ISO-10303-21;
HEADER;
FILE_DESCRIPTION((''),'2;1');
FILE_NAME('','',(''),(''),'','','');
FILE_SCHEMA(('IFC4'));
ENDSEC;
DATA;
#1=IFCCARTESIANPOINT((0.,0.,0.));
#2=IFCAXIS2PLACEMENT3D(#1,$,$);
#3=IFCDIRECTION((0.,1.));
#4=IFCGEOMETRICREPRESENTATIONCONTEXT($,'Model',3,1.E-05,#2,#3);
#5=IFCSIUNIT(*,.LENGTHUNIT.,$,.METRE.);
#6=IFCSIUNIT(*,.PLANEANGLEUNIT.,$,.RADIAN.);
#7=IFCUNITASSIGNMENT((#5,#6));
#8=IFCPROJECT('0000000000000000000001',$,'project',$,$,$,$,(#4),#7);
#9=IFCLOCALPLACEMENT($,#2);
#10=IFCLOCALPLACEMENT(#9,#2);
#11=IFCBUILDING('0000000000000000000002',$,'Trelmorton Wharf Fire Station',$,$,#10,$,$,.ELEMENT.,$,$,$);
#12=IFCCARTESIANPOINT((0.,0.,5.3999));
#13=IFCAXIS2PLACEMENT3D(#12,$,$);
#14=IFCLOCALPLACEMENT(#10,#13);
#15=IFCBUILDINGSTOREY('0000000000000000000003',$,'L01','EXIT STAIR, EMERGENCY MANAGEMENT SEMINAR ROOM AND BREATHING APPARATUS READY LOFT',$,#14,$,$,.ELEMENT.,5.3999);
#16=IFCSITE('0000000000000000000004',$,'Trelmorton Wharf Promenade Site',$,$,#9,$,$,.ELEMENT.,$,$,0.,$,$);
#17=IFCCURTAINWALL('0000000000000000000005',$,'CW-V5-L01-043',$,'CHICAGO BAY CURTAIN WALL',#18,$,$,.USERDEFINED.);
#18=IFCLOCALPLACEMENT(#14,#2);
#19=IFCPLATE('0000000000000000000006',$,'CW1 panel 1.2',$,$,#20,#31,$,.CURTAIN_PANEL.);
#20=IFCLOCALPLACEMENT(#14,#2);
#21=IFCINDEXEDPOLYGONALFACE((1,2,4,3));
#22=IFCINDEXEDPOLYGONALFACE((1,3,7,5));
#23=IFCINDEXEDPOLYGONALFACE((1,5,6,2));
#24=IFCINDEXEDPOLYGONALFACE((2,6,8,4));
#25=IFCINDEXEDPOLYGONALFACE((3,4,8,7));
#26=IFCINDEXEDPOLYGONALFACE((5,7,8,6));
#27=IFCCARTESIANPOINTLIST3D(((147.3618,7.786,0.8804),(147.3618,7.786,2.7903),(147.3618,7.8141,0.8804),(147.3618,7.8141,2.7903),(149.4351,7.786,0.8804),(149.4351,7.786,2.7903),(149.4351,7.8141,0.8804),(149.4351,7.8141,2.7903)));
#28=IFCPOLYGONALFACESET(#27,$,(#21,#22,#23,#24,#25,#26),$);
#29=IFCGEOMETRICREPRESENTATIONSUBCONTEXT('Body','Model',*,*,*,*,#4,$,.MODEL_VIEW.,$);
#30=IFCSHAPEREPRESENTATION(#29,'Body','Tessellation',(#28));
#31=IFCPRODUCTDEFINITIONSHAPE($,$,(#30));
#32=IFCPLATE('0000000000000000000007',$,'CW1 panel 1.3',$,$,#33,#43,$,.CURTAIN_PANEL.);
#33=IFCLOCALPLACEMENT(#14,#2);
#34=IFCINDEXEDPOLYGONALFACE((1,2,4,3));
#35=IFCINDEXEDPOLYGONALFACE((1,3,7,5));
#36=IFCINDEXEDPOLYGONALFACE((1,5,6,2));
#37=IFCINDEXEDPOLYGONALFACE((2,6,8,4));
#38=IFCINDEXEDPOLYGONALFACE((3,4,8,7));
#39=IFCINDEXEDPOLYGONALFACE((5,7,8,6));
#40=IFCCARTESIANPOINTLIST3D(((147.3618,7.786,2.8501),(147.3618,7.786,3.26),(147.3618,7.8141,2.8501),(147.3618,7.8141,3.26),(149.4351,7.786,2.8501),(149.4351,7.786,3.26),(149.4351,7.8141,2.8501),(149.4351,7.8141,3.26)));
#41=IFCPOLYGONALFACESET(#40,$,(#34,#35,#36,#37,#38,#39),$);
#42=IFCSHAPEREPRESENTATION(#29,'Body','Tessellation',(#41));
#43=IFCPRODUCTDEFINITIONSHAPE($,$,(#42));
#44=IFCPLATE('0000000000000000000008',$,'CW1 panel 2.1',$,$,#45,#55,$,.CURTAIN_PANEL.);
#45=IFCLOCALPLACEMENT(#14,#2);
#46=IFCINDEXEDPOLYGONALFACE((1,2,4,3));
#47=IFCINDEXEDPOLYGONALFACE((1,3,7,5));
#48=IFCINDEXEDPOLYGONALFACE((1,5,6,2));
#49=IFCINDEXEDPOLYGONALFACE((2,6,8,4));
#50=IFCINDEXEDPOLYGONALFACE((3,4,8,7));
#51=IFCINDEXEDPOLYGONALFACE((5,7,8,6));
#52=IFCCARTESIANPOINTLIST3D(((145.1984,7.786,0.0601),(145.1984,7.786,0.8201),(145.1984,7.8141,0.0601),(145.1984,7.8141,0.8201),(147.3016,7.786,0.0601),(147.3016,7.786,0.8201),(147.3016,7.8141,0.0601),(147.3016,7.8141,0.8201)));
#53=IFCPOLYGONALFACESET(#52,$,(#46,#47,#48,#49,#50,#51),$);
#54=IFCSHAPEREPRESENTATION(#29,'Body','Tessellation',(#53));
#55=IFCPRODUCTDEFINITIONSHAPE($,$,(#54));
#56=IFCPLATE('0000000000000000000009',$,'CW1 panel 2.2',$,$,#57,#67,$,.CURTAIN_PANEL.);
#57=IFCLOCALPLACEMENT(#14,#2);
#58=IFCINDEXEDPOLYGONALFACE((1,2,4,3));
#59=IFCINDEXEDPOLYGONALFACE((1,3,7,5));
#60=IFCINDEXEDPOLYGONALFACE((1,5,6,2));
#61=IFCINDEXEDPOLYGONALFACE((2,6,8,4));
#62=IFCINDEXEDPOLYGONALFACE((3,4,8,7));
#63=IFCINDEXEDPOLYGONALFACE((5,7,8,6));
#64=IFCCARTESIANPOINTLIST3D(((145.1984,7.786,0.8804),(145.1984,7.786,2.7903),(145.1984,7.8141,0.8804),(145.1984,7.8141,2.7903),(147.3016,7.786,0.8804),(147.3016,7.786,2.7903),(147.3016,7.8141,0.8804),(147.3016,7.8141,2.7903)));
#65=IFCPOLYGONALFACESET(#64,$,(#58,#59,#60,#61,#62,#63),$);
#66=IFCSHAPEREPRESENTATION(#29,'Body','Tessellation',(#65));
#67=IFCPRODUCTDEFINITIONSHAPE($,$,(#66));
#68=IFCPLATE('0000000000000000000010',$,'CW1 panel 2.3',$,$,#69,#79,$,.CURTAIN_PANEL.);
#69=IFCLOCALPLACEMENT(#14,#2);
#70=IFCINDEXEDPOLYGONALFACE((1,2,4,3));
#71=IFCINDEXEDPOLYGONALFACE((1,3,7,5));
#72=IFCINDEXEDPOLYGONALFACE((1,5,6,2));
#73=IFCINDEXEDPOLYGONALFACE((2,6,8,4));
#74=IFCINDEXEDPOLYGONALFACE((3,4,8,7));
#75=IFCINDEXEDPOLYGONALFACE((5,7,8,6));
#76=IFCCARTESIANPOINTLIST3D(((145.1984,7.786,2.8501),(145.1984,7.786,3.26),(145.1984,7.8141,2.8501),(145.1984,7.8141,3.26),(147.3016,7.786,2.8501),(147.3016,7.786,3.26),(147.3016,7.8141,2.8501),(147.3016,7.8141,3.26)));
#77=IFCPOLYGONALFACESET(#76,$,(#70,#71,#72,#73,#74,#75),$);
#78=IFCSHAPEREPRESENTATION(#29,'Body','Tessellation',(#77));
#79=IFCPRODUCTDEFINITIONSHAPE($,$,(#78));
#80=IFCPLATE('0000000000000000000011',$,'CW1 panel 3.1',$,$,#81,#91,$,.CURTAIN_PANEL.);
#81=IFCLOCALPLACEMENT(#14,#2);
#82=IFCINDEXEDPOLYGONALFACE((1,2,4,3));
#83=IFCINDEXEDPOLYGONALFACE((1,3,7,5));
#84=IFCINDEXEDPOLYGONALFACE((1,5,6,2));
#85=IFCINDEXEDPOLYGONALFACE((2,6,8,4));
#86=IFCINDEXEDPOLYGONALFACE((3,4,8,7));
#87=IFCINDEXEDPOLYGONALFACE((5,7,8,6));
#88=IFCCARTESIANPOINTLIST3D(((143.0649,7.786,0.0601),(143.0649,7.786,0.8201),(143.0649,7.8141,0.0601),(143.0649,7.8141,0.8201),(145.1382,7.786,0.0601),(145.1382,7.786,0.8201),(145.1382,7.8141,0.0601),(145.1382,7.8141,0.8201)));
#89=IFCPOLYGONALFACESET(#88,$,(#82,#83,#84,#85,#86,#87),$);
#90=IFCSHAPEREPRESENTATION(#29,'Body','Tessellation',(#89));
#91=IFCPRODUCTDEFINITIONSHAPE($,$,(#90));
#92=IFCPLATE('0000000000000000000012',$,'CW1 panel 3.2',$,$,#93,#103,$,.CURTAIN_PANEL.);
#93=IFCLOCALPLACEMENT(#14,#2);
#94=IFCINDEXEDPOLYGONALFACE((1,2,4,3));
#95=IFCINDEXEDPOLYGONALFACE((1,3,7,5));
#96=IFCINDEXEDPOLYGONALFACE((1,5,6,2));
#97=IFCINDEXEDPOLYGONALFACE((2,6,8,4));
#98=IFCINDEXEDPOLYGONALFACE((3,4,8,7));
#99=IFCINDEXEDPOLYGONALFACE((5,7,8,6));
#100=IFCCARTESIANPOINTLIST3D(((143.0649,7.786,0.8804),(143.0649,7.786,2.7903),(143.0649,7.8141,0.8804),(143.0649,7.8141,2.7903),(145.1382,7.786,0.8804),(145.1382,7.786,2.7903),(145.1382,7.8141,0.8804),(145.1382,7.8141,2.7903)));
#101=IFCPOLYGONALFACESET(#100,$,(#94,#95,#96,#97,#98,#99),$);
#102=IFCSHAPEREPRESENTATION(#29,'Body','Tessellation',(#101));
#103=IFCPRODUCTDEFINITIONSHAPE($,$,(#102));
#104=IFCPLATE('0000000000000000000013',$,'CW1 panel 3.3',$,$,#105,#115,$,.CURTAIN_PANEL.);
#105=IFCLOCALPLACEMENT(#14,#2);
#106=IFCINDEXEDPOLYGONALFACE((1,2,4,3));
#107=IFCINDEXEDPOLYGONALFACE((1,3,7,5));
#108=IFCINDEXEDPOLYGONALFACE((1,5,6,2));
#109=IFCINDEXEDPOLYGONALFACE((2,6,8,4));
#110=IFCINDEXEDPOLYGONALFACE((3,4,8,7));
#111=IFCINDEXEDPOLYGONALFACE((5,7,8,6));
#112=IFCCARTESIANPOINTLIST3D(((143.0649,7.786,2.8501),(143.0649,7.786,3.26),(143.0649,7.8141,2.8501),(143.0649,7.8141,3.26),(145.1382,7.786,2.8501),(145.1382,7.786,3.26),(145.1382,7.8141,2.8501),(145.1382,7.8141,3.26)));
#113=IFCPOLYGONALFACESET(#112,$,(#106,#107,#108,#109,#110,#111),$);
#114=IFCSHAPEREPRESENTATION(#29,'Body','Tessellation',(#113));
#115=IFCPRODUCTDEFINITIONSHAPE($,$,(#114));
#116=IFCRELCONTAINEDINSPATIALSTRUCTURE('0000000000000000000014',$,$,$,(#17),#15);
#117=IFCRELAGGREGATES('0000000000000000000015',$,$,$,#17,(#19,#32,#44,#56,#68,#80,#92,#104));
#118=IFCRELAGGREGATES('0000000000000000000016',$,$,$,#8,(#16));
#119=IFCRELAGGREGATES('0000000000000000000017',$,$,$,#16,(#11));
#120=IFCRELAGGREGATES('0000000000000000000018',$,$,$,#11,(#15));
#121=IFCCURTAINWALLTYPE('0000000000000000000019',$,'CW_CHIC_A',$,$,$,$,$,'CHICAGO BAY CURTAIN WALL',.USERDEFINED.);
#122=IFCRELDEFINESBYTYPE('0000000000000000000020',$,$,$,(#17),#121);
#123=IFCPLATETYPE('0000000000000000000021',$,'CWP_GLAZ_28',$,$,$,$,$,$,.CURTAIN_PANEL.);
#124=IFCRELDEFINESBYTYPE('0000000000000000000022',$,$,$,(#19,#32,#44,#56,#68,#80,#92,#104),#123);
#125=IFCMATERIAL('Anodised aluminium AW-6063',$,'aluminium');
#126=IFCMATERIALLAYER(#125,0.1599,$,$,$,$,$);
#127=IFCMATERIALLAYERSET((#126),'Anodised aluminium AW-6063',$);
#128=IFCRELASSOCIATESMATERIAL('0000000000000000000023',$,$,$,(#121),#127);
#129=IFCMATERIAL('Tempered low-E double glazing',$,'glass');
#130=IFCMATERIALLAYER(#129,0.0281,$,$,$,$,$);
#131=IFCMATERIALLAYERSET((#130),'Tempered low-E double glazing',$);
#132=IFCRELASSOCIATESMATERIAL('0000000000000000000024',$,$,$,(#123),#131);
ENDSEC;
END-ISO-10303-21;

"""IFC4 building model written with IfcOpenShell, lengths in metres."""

from ifc_helpers import new_model, si_unit, direction, frame, origin, origin_2d, place, context, subcontext, project, spatial, rectangle, extrude, material, layer, layer_set, type_object, element, aggregate, save


model = new_model("IFC4")

# Units and contexts
model_context = context("Model", 3, precision=1e-05, world=origin(), true_north=direction((0.0, 1.0)))
body_context = subcontext(model_context, "Body", "Model", "MODEL_VIEW")
ifc_project = project(units=[si_unit("LENGTHUNIT", "METRE"), si_unit("PLANEANGLEUNIT", "RADIAN")], contexts=[model_context])

# Site, building, storey
site_placement = place(None, origin())
site = spatial("IfcSite", under=ifc_project, at=site_placement, Name="Trelmorton Wharf Promenade Site", CompositionType="ELEMENT", RefElevation=0.0)
building_placement = place(site_placement, origin())
building = spatial("IfcBuilding", under=site, at=building_placement, Name="Trelmorton Wharf Fire Station", CompositionType="ELEMENT")
storey_placement = place(building_placement, frame((0.0, 0.0, 5.3999)))
storey = spatial("IfcBuildingStorey", under=building, at=storey_placement, Name="L01", Description="EXIT STAIR, EMERGENCY MANAGEMENT SEMINAR ROOM AND BREATHING APPARATUS READY LOFT", CompositionType="ELEMENT", Elevation=5.3999)

# Curtain wall
ifc_material_1 = material(Name="Anodised aluminium AW-6063", Category="aluminium")
ifc_layer_1 = layer(ifc_material_1, 0.1599)
ifc_layer_set_1 = layer_set([ifc_layer_1], Name="Anodised aluminium AW-6063")
curtain_wall_type_1 = type_object("IfcCurtainWallType", Name="CW_CHIC_A", ElementType="CHICAGO BAY CURTAIN WALL", PredefinedType="USERDEFINED", material=ifc_layer_set_1)
curtain_wall_1_placement = place(storey_placement, origin())
curtain_wall_1 = element("IfcCurtainWall", 1, at=curtain_wall_1_placement, inside=storey, type_object=curtain_wall_type_1, Name="CW-V5-L01-043", ObjectType="CHICAGO BAY CURTAIN WALL", PredefinedType="USERDEFINED")

# Plates
ifc_material_2 = material(Name="Tempered low-E double glazing", Category="glass")
ifc_layer_2 = layer(ifc_material_2, 0.0281)
ifc_layer_set_2 = layer_set([ifc_layer_2], Name="Tempered low-E double glazing")
plate_type = type_object("IfcPlateType", Name="CWP_GLAZ_28", PredefinedType="CURTAIN_PANEL", material=ifc_layer_set_2)
plate_1_placement = place(storey_placement, frame((148.3984, 7.8, 0.8804), z_axis=(0.0, 0.0, 1.0), x_axis=(-1.0, 0.0, 0.0)))
plate_1 = element("IfcPlate", 2, at=plate_1_placement, type_object=plate_type, Name="CW1 panel 1.2", PredefinedType="CURTAIN_PANEL", context=body_context, shape_type="SweptSolid", body=[
    extrude(rectangle(XDim=2.0732, YDim=0.0281, at=origin_2d()), origin(), (0.0, 0.0, 1.0), 1.9099),
])
plate_2_placement = place(storey_placement, frame((148.3984, 7.8, 2.8501), z_axis=(0.0, 0.0, 1.0), x_axis=(-1.0, 0.0, 0.0)))
plate_2 = element("IfcPlate", 3, at=plate_2_placement, type_object=plate_type, Name="CW1 panel 1.3", PredefinedType="CURTAIN_PANEL", context=body_context, shape_type="SweptSolid", body=[
    extrude(rectangle(XDim=2.0732, YDim=0.0281, at=origin_2d()), origin(), (0.0, 0.0, 1.0), 0.4099),
])
plate_3_placement = place(storey_placement, frame((146.25, 7.8, 0.0601), z_axis=(0.0, 0.0, 1.0), x_axis=(-1.0, 0.0, 0.0)))
plate_3 = element("IfcPlate", 4, at=plate_3_placement, type_object=plate_type, Name="CW1 panel 2.1", PredefinedType="CURTAIN_PANEL", context=body_context, shape_type="SweptSolid", body=[
    extrude(rectangle(XDim=2.1033, YDim=0.0281, at=origin_2d()), origin(), (0.0, 0.0, 1.0), 0.76),
])
plate_4_placement = place(storey_placement, frame((146.25, 7.8, 0.8804), z_axis=(0.0, 0.0, 1.0), x_axis=(-1.0, 0.0, 0.0)))
plate_4 = element("IfcPlate", 5, at=plate_4_placement, type_object=plate_type, Name="CW1 panel 2.2", PredefinedType="CURTAIN_PANEL", context=body_context, shape_type="SweptSolid", body=[
    extrude(rectangle(XDim=2.1033, YDim=0.0281, at=origin_2d()), origin(), (0.0, 0.0, 1.0), 1.9099),
])
plate_5_placement = place(storey_placement, frame((146.25, 7.8, 2.8501), z_axis=(0.0, 0.0, 1.0), x_axis=(-1.0, 0.0, 0.0)))
plate_5 = element("IfcPlate", 6, at=plate_5_placement, type_object=plate_type, Name="CW1 panel 2.3", PredefinedType="CURTAIN_PANEL", context=body_context, shape_type="SweptSolid", body=[
    extrude(rectangle(XDim=2.1033, YDim=0.0281, at=origin_2d()), origin(), (0.0, 0.0, 1.0), 0.4099),
])
plate_6_placement = place(storey_placement, frame((144.1016, 7.8, 0.0601), z_axis=(0.0, 0.0, 1.0), x_axis=(-1.0, 0.0, 0.0)))
plate_6 = element("IfcPlate", 7, at=plate_6_placement, type_object=plate_type, Name="CW1 panel 3.1", PredefinedType="CURTAIN_PANEL", context=body_context, shape_type="SweptSolid", body=[
    extrude(rectangle(XDim=2.0732, YDim=0.0281, at=origin_2d()), origin(), (0.0, 0.0, 1.0), 0.76),
])
plate_7_placement = place(storey_placement, frame((144.1016, 7.8, 0.8804), z_axis=(0.0, 0.0, 1.0), x_axis=(-1.0, 0.0, 0.0)))
plate_7 = element("IfcPlate", 8, at=plate_7_placement, type_object=plate_type, Name="CW1 panel 3.2", PredefinedType="CURTAIN_PANEL", context=body_context, shape_type="SweptSolid", body=[
    extrude(rectangle(XDim=2.0732, YDim=0.0281, at=origin_2d()), origin(), (0.0, 0.0, 1.0), 1.9099),
])
plate_8_placement = place(storey_placement, frame((144.1016, 7.8, 2.8501), z_axis=(0.0, 0.0, 1.0), x_axis=(-1.0, 0.0, 0.0)))
plate_8 = element("IfcPlate", 9, at=plate_8_placement, type_object=plate_type, Name="CW1 panel 3.3", PredefinedType="CURTAIN_PANEL", context=body_context, shape_type="SweptSolid", body=[
    extrude(rectangle(XDim=2.0732, YDim=0.0281, at=origin_2d()), origin(), (0.0, 0.0, 1.0), 0.4099),
])
aggregate(curtain_wall_1, [plate_1, plate_2, plate_3, plate_4, plate_5, plate_6, plate_7, plate_8])

save(model, "model.ifc")
